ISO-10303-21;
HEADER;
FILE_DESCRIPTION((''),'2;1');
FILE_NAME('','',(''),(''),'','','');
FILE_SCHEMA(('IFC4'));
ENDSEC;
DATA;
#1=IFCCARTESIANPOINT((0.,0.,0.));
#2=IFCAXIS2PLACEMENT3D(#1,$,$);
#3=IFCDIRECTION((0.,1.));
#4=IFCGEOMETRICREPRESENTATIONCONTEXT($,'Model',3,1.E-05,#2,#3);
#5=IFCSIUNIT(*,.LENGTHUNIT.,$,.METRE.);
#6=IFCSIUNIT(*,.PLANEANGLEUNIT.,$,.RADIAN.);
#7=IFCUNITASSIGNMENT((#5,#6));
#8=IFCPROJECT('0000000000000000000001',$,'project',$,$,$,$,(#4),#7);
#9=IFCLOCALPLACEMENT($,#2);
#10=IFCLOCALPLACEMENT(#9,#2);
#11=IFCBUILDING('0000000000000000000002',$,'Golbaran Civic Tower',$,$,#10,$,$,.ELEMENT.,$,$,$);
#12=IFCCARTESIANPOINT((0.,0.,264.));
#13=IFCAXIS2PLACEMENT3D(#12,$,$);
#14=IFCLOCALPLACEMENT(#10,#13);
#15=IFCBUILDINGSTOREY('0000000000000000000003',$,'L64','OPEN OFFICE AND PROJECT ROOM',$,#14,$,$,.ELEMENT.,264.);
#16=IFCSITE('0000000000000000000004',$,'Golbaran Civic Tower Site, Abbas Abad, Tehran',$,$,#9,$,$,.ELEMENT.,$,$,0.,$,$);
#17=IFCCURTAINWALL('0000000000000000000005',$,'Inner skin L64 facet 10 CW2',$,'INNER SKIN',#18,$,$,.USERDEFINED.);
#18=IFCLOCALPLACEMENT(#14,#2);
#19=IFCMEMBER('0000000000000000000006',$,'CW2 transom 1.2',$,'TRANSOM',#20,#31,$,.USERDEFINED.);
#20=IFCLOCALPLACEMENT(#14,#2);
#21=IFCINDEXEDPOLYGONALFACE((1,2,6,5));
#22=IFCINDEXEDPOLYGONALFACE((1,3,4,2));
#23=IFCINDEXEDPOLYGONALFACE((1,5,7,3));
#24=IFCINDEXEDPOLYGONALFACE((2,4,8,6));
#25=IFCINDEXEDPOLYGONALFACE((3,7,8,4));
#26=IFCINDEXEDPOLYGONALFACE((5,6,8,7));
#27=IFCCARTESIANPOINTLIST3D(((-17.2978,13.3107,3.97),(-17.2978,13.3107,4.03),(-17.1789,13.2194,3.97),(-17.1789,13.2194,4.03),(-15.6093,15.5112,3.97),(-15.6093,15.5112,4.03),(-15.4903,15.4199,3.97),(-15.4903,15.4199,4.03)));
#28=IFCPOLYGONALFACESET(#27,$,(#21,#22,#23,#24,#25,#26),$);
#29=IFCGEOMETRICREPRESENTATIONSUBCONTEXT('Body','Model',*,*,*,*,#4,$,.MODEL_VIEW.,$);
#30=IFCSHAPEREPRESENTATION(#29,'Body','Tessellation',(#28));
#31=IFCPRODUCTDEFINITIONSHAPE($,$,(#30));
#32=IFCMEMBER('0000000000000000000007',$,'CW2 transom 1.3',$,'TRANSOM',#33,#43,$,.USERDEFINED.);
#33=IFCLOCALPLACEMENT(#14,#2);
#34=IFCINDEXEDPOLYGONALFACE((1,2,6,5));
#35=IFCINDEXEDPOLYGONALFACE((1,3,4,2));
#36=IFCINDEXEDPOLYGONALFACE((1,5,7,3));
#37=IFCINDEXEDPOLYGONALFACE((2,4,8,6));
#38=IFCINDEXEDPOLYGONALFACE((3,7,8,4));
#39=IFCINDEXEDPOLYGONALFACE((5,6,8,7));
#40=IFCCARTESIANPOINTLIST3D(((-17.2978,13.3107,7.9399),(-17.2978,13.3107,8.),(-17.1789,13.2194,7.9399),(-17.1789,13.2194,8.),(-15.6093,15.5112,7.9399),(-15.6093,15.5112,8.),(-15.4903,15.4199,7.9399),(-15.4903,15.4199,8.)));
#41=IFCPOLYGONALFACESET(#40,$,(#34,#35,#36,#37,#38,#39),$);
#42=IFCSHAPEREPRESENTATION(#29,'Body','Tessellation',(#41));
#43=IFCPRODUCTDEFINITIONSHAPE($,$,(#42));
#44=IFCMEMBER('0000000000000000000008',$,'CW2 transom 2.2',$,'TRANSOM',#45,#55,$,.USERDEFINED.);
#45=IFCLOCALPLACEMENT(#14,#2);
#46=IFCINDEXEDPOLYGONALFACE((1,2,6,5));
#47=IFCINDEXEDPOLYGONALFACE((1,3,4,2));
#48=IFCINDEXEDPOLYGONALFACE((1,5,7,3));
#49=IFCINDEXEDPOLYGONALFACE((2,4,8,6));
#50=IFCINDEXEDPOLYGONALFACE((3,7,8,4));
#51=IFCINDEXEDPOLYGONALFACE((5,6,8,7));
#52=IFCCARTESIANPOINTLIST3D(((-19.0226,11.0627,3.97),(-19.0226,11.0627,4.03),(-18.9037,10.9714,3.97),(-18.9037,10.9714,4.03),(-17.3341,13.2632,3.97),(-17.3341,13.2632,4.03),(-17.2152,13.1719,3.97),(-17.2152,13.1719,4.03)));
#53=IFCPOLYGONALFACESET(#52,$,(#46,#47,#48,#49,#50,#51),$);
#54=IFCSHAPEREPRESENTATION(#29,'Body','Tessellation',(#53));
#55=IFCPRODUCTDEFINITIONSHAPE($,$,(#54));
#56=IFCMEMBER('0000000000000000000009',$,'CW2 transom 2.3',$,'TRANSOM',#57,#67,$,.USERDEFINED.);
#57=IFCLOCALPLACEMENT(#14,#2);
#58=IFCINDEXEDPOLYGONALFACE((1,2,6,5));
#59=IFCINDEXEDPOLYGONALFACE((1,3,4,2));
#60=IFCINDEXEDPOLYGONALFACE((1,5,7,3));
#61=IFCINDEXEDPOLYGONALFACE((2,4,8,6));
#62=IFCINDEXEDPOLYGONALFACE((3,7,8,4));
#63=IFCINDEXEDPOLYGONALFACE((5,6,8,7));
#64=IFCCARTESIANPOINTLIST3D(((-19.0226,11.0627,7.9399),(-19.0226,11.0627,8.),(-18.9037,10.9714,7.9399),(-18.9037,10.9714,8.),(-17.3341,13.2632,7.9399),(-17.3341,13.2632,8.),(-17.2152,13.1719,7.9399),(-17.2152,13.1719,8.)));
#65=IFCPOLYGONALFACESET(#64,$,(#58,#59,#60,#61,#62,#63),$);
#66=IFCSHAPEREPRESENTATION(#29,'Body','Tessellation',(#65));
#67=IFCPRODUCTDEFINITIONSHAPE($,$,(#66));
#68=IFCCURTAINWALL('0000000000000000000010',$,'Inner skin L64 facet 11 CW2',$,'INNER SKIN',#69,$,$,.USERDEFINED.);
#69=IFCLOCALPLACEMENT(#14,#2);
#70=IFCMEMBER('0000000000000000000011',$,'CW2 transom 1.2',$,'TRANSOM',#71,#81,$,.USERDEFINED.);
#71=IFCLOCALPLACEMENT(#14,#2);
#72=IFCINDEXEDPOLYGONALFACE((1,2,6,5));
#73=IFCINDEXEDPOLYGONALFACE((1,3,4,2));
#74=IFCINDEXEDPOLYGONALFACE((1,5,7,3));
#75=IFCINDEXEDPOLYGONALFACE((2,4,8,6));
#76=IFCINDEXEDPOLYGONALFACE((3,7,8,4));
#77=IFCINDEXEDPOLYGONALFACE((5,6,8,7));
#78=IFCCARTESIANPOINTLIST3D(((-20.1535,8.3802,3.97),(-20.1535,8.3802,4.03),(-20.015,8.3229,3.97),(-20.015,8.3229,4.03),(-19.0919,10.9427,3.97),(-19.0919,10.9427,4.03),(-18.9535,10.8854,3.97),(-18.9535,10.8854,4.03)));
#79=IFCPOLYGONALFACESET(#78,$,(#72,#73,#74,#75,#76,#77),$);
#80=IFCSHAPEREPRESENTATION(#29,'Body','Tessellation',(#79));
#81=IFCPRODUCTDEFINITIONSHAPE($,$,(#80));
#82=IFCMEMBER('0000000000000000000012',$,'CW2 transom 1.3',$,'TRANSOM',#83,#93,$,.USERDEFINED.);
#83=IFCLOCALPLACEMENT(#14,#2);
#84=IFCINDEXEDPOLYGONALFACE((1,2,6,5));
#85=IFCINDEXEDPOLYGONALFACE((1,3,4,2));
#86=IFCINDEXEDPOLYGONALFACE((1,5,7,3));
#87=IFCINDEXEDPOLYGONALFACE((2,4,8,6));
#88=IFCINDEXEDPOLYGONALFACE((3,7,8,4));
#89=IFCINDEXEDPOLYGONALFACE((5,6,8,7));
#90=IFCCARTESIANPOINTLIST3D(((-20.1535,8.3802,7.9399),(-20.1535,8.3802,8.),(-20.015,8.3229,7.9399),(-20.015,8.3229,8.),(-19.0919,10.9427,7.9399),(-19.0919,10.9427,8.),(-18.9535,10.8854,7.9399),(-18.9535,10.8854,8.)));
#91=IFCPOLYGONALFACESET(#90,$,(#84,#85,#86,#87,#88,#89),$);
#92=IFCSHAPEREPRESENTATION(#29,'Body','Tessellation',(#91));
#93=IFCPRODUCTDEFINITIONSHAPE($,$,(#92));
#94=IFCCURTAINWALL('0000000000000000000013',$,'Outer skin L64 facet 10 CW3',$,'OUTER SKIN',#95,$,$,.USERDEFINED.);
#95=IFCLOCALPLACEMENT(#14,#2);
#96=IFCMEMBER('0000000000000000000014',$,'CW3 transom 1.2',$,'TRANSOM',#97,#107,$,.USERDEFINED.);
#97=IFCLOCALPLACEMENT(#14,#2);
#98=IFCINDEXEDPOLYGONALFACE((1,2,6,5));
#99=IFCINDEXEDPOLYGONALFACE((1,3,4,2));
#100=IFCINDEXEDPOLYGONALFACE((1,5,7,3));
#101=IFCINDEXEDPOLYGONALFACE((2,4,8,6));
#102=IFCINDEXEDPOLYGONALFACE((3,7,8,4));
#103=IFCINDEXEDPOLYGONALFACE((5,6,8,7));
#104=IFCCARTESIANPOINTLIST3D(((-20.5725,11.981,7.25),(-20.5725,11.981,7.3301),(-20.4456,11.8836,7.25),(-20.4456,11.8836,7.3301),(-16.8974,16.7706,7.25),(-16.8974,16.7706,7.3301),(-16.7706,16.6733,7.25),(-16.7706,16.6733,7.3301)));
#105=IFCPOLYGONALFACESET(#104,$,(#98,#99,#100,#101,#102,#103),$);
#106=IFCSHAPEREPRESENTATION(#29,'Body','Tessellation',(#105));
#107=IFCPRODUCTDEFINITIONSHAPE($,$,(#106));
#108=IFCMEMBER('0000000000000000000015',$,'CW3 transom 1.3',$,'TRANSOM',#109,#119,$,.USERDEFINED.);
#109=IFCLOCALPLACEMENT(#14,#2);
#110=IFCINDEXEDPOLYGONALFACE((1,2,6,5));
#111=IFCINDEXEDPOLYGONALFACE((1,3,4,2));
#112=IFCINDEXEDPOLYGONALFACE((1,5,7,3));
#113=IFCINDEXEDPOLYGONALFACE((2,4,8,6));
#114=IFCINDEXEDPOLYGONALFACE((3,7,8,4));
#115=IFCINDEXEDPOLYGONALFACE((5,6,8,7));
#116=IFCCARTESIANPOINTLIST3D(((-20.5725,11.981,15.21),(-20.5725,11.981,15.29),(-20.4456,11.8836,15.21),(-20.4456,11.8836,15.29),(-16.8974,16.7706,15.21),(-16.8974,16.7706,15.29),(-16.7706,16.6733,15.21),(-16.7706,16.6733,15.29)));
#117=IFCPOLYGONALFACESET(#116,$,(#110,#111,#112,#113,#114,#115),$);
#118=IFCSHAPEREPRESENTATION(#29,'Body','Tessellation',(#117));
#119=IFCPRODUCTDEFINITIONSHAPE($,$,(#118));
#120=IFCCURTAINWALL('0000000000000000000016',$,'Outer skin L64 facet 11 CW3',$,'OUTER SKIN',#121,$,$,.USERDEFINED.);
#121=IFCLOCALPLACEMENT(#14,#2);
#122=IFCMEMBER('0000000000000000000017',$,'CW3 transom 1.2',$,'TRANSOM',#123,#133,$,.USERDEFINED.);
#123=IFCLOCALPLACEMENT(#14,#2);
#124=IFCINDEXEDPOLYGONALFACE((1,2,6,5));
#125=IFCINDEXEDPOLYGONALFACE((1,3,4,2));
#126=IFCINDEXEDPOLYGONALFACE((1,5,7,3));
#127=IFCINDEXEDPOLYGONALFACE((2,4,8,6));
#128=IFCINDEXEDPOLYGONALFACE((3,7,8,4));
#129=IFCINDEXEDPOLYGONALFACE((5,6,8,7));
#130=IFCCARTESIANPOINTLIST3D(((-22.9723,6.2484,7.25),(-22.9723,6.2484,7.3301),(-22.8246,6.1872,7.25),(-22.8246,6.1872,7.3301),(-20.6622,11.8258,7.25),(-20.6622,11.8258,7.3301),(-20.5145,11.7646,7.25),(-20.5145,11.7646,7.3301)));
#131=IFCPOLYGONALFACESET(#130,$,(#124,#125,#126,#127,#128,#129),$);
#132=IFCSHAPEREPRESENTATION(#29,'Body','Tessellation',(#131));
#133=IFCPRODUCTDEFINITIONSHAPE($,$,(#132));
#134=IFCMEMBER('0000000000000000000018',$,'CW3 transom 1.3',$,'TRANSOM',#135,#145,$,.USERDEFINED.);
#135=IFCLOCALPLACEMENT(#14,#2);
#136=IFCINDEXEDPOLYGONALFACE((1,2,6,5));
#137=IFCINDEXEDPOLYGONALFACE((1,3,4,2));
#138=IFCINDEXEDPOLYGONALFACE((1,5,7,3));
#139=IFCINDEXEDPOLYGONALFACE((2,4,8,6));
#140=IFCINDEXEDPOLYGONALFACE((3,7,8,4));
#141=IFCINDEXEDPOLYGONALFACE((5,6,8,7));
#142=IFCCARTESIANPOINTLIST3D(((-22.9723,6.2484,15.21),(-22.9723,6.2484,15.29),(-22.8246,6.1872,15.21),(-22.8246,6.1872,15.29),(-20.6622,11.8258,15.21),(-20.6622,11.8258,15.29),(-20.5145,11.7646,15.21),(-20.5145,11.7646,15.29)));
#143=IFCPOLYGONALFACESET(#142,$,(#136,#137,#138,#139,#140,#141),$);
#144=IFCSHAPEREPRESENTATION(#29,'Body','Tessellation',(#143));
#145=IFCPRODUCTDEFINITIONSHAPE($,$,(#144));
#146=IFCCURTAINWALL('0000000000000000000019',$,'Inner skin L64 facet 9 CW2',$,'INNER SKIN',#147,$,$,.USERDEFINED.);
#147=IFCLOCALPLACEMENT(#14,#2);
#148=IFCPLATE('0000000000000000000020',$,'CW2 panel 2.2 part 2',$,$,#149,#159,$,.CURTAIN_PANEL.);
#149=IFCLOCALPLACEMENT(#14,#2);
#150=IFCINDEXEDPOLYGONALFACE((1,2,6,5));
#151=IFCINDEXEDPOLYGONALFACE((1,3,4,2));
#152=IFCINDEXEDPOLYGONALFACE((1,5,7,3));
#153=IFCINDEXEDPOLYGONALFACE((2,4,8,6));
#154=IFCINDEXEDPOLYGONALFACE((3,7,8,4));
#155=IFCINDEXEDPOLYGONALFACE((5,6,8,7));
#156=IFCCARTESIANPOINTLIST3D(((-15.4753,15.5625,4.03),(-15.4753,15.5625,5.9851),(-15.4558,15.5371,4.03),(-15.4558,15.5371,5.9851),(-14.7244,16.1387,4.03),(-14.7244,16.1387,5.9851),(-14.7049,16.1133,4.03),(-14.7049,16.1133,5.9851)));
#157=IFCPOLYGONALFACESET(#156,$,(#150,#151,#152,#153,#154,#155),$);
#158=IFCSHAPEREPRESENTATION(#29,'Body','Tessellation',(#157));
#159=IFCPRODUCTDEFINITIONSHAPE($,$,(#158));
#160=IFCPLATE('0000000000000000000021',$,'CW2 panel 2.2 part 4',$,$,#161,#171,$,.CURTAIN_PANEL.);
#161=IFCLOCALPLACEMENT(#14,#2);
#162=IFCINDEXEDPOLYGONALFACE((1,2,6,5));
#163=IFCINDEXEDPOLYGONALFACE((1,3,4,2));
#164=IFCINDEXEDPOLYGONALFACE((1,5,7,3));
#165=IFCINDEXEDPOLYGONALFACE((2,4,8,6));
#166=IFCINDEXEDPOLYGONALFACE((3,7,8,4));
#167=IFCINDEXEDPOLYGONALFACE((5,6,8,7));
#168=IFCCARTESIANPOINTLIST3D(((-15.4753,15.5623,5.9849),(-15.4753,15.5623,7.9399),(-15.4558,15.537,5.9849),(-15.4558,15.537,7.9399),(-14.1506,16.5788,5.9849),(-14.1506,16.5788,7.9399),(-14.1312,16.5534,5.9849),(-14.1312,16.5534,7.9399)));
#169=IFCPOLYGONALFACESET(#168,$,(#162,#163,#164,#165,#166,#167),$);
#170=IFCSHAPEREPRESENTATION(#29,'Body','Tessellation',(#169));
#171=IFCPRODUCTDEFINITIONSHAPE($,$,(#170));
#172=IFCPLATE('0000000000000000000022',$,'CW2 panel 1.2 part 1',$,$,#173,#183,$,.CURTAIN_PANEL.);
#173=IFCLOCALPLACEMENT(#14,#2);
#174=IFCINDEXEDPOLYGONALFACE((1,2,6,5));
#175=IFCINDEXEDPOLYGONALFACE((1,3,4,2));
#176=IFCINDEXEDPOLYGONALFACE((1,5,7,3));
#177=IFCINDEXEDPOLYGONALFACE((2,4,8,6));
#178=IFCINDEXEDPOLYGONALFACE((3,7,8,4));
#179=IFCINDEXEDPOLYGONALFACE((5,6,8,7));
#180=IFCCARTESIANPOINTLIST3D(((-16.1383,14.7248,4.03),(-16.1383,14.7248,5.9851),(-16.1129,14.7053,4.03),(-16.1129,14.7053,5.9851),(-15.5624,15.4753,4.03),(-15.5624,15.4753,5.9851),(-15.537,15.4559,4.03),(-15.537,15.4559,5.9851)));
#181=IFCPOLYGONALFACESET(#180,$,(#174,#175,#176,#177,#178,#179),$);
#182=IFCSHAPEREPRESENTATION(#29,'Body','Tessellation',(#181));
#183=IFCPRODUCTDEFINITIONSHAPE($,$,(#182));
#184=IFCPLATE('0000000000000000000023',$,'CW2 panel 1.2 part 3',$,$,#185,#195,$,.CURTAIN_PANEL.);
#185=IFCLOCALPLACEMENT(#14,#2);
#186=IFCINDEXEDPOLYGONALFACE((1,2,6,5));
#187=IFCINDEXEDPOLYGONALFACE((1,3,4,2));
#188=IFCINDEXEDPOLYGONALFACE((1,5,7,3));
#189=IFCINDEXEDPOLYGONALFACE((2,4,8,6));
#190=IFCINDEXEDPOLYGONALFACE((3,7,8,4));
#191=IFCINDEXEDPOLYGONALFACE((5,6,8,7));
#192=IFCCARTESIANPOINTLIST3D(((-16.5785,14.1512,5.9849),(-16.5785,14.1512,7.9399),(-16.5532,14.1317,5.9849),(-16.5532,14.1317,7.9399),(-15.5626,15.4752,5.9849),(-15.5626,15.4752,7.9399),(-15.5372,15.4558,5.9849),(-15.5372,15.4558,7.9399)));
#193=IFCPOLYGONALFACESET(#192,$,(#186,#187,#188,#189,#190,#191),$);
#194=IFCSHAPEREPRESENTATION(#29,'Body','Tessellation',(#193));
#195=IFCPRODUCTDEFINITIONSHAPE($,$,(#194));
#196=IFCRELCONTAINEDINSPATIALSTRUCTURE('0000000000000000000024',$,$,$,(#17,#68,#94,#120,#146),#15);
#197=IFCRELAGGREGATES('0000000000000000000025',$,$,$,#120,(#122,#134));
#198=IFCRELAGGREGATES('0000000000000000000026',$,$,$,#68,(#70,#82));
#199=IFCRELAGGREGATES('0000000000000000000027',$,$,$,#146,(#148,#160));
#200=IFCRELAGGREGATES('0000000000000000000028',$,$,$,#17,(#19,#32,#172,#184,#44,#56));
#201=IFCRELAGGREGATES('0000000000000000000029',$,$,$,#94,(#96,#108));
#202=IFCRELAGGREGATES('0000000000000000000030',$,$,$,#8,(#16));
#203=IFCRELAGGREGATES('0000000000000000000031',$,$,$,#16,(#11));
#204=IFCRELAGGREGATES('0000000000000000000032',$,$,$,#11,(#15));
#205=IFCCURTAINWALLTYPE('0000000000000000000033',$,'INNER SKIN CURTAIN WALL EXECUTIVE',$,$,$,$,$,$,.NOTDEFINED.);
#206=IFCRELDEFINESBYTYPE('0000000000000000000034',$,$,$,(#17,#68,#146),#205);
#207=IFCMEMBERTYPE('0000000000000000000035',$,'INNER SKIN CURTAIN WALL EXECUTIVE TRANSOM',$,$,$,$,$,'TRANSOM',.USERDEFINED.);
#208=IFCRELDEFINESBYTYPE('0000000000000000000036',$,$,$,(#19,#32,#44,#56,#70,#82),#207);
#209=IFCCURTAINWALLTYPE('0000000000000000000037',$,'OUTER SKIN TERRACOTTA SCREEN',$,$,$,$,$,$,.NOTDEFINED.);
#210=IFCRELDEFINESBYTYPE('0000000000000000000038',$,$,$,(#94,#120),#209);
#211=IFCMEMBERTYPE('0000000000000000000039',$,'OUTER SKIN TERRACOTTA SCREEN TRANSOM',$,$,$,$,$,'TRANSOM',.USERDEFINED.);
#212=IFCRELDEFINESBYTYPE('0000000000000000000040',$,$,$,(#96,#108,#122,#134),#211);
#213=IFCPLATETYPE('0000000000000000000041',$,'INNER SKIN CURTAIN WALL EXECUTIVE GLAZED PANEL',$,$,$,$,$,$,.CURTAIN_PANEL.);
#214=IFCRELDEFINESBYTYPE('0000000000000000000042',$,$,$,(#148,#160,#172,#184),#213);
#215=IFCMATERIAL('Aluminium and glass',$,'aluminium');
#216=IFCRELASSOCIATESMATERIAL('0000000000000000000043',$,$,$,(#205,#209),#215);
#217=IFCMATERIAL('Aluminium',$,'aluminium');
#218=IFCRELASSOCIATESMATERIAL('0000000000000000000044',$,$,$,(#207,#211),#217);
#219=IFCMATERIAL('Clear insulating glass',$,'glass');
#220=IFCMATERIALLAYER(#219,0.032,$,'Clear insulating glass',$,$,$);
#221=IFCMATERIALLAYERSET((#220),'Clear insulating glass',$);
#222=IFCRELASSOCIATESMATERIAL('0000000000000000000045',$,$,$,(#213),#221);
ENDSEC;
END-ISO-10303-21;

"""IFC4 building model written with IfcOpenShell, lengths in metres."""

from ifc_helpers import new_model, si_unit, direction, frame, origin, origin_2d, place, context, subcontext, project, spatial, rectangle, extrude, material, layer, layer_set, material_profile, profile_set, type_object, element, aggregate, save


model = new_model("IFC4")

# Units and contexts
model_context = context("Model", 3, precision=1e-05, world=origin(), true_north=direction((0.0, 1.0)))
body_context = subcontext(model_context, "Body", "Model", "MODEL_VIEW")
ifc_project = project(units=[si_unit("LENGTHUNIT", "METRE"), si_unit("PLANEANGLEUNIT", "RADIAN")], contexts=[model_context])

# Site, building, storey
site_placement = place(None, origin())
site = spatial("IfcSite", under=ifc_project, at=site_placement, Name="Golbaran Civic Tower Site, Abbas Abad, Tehran", CompositionType="ELEMENT", RefElevation=0.0)
building_placement = place(site_placement, origin())
building = spatial("IfcBuilding", under=site, at=building_placement, Name="Golbaran Civic Tower", CompositionType="ELEMENT")
storey_placement = place(building_placement, frame((0.0, 0.0, 264.0)))
storey = spatial("IfcBuildingStorey", under=building, at=storey_placement, Name="L64", Description="OPEN OFFICE AND PROJECT ROOM", CompositionType="ELEMENT", Elevation=264.0)

# Curtain walls, members
ifc_material_1 = material(Name="Aluminium and glass", Category="aluminium")
curtain_wall_type_1 = type_object("IfcCurtainWallType", Name="INNER SKIN CURTAIN WALL EXECUTIVE", PredefinedType="NOTDEFINED", material=ifc_material_1)
curtain_wall_1_placement = place(storey_placement, origin())
curtain_wall_1 = element("IfcCurtainWall", 1, at=curtain_wall_1_placement, inside=storey, type_object=curtain_wall_type_1, Name="Inner skin L64 facet 10 CW2", ObjectType="INNER SKIN", PredefinedType="USERDEFINED")
ifc_material_2 = material(Name="Aluminium", Category="aluminium")
ifc_material_profile_1 = material_profile(ifc_material_2, rectangle(XDim=0.1499, YDim=0.0601, at=origin_2d()), Name="INNER SKIN CURTAIN WALL EXECUTIVE TRANSOM")
ifc_profile_set_1 = profile_set([ifc_material_profile_1], Name="Aluminium")
member_type_1 = type_object("IfcMemberType", Name="INNER SKIN CURTAIN WALL EXECUTIVE TRANSOM", ElementType="TRANSOM", PredefinedType="USERDEFINED", material=ifc_profile_set_1)
member_1_placement = place(storey_placement, frame((-15.5498, 15.4656, 4.0), z_axis=(-0.608766, -0.79335, 0.0), x_axis=(0.79335, -0.608766, 0.0)))
member_1 = element("IfcMember", 2, at=member_1_placement, type_object=member_type_1, Name="CW2 transom 1.2", ObjectType="TRANSOM", PredefinedType="USERDEFINED", context=body_context, shape_type="SweptSolid", body=[
    extrude(rectangle(XDim=0.1499, YDim=0.0601, at=origin_2d()), origin(), (0.0, 0.0, 1.0), 2.7737),
])
member_2_placement = place(storey_placement, frame((-15.5498, 15.4656, 7.97), z_axis=(-0.608766, -0.79335, 0.0), x_axis=(0.79335, -0.608766, 0.0)))
member_2 = element("IfcMember", 3, at=member_2_placement, type_object=member_type_1, Name="CW2 transom 1.3", ObjectType="TRANSOM", PredefinedType="USERDEFINED", context=body_context, shape_type="SweptSolid", body=[
    extrude(rectangle(XDim=0.1499, YDim=0.0601, at=origin_2d()), origin(), (0.0, 0.0, 1.0), 2.7737),
])
member_3_placement = place(storey_placement, frame((-17.2747, 13.2175, 4.0), z_axis=(-0.608766, -0.79335, 0.0), x_axis=(0.79335, -0.608766, 0.0)))
member_3 = element("IfcMember", 4, at=member_3_placement, type_object=member_type_1, Name="CW2 transom 2.2", ObjectType="TRANSOM", PredefinedType="USERDEFINED", context=body_context, shape_type="SweptSolid", body=[
    extrude(rectangle(XDim=0.1499, YDim=0.0601, at=origin_2d()), origin(), (0.0, 0.0, 1.0), 2.7737),
])
member_4_placement = place(storey_placement, frame((-17.2747, 13.2175, 7.97), z_axis=(-0.608766, -0.79335, 0.0), x_axis=(0.79335, -0.608766, 0.0)))
member_4 = element("IfcMember", 5, at=member_4_placement, type_object=member_type_1, Name="CW2 transom 2.3", ObjectType="TRANSOM", PredefinedType="USERDEFINED", context=body_context, shape_type="SweptSolid", body=[
    extrude(rectangle(XDim=0.1499, YDim=0.0601, at=origin_2d()), origin(), (0.0, 0.0, 1.0), 2.7737),
])
curtain_wall_2_placement = place(storey_placement, origin())
curtain_wall_2 = element("IfcCurtainWall", 6, at=curtain_wall_2_placement, inside=storey, type_object=curtain_wall_type_1, Name="Inner skin L64 facet 11 CW2", ObjectType="INNER SKIN", PredefinedType="USERDEFINED")
member_5_placement = place(storey_placement, frame((-19.0227, 10.9141, 4.0), z_axis=(-0.382715, -0.923867, 0.0), x_axis=(0.923867, -0.382715, 0.0)))
member_5 = element("IfcMember", 7, at=member_5_placement, type_object=member_type_1, Name="CW2 transom 1.2", ObjectType="TRANSOM", PredefinedType="USERDEFINED", context=body_context, shape_type="SweptSolid", body=[
    extrude(rectangle(XDim=0.1499, YDim=0.0601, at=origin_2d()), origin(), (0.0, 0.0, 1.0), 2.7737),
])
member_6_placement = place(storey_placement, frame((-19.0227, 10.9141, 7.97), z_axis=(-0.382715, -0.923867, 0.0), x_axis=(0.923867, -0.382715, 0.0)))
member_6 = element("IfcMember", 8, at=member_6_placement, type_object=member_type_1, Name="CW2 transom 1.3", ObjectType="TRANSOM", PredefinedType="USERDEFINED", context=body_context, shape_type="SweptSolid", body=[
    extrude(rectangle(XDim=0.1499, YDim=0.0601, at=origin_2d()), origin(), (0.0, 0.0, 1.0), 2.7737),
])
curtain_wall_type_2 = type_object("IfcCurtainWallType", Name="OUTER SKIN TERRACOTTA SCREEN", PredefinedType="NOTDEFINED", material=ifc_material_1)
curtain_wall_3_placement = place(storey_placement, origin())
curtain_wall_3 = element("IfcCurtainWall", 9, at=curtain_wall_3_placement, inside=storey, type_object=curtain_wall_type_2, Name="Outer skin L64 facet 10 CW3", ObjectType="OUTER SKIN", PredefinedType="USERDEFINED")
ifc_material_profile_2 = material_profile(ifc_material_2, rectangle(XDim=0.1599, YDim=0.0801, at=origin_2d()), Name="OUTER SKIN TERRACOTTA SCREEN TRANSOM")
ifc_profile_set_2 = profile_set([ifc_material_profile_2], Name="Aluminium")
member_type_2 = type_object("IfcMemberType", Name="OUTER SKIN TERRACOTTA SCREEN TRANSOM", ElementType="TRANSOM", PredefinedType="USERDEFINED", material=ifc_profile_set_2)
member_7_placement = place(storey_placement, frame((-16.834, 16.7219, 7.29), z_axis=(-0.608751, -0.793362, 0.0), x_axis=(0.793362, -0.608751, 0.0)))
member_7 = element("IfcMember", 10, at=member_7_placement, type_object=member_type_2, Name="CW3 transom 1.2", ObjectType="TRANSOM", PredefinedType="USERDEFINED", context=body_context, shape_type="SweptSolid", body=[
    extrude(rectangle(XDim=0.1599, YDim=0.0801, at=origin_2d()), origin(), (0.0, 0.0, 1.0), 6.0371),
])
member_8_placement = place(storey_placement, frame((-16.834, 16.7219, 15.25), z_axis=(-0.608751, -0.793362, 0.0), x_axis=(0.793362, -0.608751, 0.0)))
member_8 = element("IfcMember", 11, at=member_8_placement, type_object=member_type_2, Name="CW3 transom 1.3", ObjectType="TRANSOM", PredefinedType="USERDEFINED", context=body_context, shape_type="SweptSolid", body=[
    extrude(rectangle(XDim=0.1599, YDim=0.0801, at=origin_2d()), origin(), (0.0, 0.0, 1.0), 6.0371),
])
curtain_wall_4_placement = place(storey_placement, origin())
curtain_wall_4 = element("IfcCurtainWall", 12, at=curtain_wall_4_placement, inside=storey, type_object=curtain_wall_type_2, Name="Outer skin L64 facet 11 CW3", ObjectType="OUTER SKIN", PredefinedType="USERDEFINED")
member_9_placement = place(storey_placement, frame((-20.5884, 11.7952, 7.29), z_axis=(-0.382659, -0.92389, 0.0), x_axis=(0.92389, -0.382659, 0.0)))
member_9 = element("IfcMember", 13, at=member_9_placement, type_object=member_type_2, Name="CW3 transom 1.2", ObjectType="TRANSOM", PredefinedType="USERDEFINED", context=body_context, shape_type="SweptSolid", body=[
    extrude(rectangle(XDim=0.1599, YDim=0.0801, at=origin_2d()), origin(), (0.0, 0.0, 1.0), 6.0369),
])
member_10_placement = place(storey_placement, frame((-20.5884, 11.7952, 15.25), z_axis=(-0.382659, -0.92389, 0.0), x_axis=(0.92389, -0.382659, 0.0)))
member_10 = element("IfcMember", 14, at=member_10_placement, type_object=member_type_2, Name="CW3 transom 1.3", ObjectType="TRANSOM", PredefinedType="USERDEFINED", context=body_context, shape_type="SweptSolid", body=[
    extrude(rectangle(XDim=0.1599, YDim=0.0801, at=origin_2d()), origin(), (0.0, 0.0, 1.0), 6.0369),
])
aggregate(curtain_wall_4, [member_9, member_10])

# Curtain wall, plates
curtain_wall_5_placement = place(storey_placement, origin())
curtain_wall_5 = element("IfcCurtainWall", 15, at=curtain_wall_5_placement, inside=storey, type_object=curtain_wall_type_1, Name="Inner skin L64 facet 9 CW2", ObjectType="INNER SKIN", PredefinedType="USERDEFINED")
ifc_material_3 = material(Name="Clear insulating glass", Category="glass")
ifc_layer_1 = layer(ifc_material_3, 0.032, Name="Clear insulating glass")
ifc_layer_set_1 = layer_set([ifc_layer_1], Name="Clear insulating glass")
plate_type_1 = type_object("IfcPlateType", Name="INNER SKIN CURTAIN WALL EXECUTIVE GLAZED PANEL", PredefinedType="CURTAIN_PANEL", material=ifc_layer_set_1)
plate_1_placement = place(storey_placement, frame((-15.0901, 15.8379, 4.03), z_axis=(0.0, 0.0, 1.0), x_axis=(-0.793353, -0.608761, 0.0)))
plate_1 = element("IfcPlate", 16, at=plate_1_placement, type_object=plate_type_1, Name="CW2 panel 2.2 part 2", PredefinedType="CURTAIN_PANEL", context=body_context, shape_type="SweptSolid", body=[
    extrude(rectangle(XDim=0.9465, YDim=0.032, at=origin_2d()), origin(), (0.0, 0.0, 1.0), 1.9551),
])
plate_2_placement = place(storey_placement, frame((-14.8032, 16.0579, 5.9849), z_axis=(0.0, 0.0, 1.0), x_axis=(-0.793353, -0.608761, 0.0)))
plate_2 = element("IfcPlate", 17, at=plate_2_placement, type_object=plate_type_1, Name="CW2 panel 2.2 part 4", PredefinedType="CURTAIN_PANEL", context=body_context, shape_type="SweptSolid", body=[
    extrude(rectangle(XDim=1.6697, YDim=0.032, at=origin_2d()), origin(), (0.0, 0.0, 1.0), 1.9551),
])

# Plates
plate_3_placement = place(storey_placement, frame((-15.8376, 15.0903, 4.03), z_axis=(0.0, 0.0, 1.0), x_axis=(-0.608761, -0.793353, 0.0)))
plate_3 = element("IfcPlate", 18, at=plate_3_placement, type_object=plate_type_1, Name="CW2 panel 1.2 part 1", PredefinedType="CURTAIN_PANEL", context=body_context, shape_type="SweptSolid", body=[
    extrude(rectangle(XDim=0.946, YDim=0.032, at=origin_2d()), origin(), (0.0, 0.0, 1.0), 1.9551),
])
plate_4_placement = place(storey_placement, frame((-16.0579, 14.8035, 5.9849), z_axis=(0.0, 0.0, 1.0), x_axis=(-0.608761, -0.793353, 0.0)))
plate_4 = element("IfcPlate", 19, at=plate_4_placement, type_object=plate_type_1, Name="CW2 panel 1.2 part 3", PredefinedType="CURTAIN_PANEL", context=body_context, shape_type="SweptSolid", body=[
    extrude(rectangle(XDim=1.6689, YDim=0.032, at=origin_2d()), origin(), (0.0, 0.0, 1.0), 1.9551),
])
aggregate(curtain_wall_2, [member_5, member_6])
aggregate(curtain_wall_5, [plate_1, plate_2])
aggregate(curtain_wall_1, [member_1, member_2, plate_3, plate_4, member_3, member_4])
aggregate(curtain_wall_3, [member_7, member_8])

save(model, "model.ifc")
